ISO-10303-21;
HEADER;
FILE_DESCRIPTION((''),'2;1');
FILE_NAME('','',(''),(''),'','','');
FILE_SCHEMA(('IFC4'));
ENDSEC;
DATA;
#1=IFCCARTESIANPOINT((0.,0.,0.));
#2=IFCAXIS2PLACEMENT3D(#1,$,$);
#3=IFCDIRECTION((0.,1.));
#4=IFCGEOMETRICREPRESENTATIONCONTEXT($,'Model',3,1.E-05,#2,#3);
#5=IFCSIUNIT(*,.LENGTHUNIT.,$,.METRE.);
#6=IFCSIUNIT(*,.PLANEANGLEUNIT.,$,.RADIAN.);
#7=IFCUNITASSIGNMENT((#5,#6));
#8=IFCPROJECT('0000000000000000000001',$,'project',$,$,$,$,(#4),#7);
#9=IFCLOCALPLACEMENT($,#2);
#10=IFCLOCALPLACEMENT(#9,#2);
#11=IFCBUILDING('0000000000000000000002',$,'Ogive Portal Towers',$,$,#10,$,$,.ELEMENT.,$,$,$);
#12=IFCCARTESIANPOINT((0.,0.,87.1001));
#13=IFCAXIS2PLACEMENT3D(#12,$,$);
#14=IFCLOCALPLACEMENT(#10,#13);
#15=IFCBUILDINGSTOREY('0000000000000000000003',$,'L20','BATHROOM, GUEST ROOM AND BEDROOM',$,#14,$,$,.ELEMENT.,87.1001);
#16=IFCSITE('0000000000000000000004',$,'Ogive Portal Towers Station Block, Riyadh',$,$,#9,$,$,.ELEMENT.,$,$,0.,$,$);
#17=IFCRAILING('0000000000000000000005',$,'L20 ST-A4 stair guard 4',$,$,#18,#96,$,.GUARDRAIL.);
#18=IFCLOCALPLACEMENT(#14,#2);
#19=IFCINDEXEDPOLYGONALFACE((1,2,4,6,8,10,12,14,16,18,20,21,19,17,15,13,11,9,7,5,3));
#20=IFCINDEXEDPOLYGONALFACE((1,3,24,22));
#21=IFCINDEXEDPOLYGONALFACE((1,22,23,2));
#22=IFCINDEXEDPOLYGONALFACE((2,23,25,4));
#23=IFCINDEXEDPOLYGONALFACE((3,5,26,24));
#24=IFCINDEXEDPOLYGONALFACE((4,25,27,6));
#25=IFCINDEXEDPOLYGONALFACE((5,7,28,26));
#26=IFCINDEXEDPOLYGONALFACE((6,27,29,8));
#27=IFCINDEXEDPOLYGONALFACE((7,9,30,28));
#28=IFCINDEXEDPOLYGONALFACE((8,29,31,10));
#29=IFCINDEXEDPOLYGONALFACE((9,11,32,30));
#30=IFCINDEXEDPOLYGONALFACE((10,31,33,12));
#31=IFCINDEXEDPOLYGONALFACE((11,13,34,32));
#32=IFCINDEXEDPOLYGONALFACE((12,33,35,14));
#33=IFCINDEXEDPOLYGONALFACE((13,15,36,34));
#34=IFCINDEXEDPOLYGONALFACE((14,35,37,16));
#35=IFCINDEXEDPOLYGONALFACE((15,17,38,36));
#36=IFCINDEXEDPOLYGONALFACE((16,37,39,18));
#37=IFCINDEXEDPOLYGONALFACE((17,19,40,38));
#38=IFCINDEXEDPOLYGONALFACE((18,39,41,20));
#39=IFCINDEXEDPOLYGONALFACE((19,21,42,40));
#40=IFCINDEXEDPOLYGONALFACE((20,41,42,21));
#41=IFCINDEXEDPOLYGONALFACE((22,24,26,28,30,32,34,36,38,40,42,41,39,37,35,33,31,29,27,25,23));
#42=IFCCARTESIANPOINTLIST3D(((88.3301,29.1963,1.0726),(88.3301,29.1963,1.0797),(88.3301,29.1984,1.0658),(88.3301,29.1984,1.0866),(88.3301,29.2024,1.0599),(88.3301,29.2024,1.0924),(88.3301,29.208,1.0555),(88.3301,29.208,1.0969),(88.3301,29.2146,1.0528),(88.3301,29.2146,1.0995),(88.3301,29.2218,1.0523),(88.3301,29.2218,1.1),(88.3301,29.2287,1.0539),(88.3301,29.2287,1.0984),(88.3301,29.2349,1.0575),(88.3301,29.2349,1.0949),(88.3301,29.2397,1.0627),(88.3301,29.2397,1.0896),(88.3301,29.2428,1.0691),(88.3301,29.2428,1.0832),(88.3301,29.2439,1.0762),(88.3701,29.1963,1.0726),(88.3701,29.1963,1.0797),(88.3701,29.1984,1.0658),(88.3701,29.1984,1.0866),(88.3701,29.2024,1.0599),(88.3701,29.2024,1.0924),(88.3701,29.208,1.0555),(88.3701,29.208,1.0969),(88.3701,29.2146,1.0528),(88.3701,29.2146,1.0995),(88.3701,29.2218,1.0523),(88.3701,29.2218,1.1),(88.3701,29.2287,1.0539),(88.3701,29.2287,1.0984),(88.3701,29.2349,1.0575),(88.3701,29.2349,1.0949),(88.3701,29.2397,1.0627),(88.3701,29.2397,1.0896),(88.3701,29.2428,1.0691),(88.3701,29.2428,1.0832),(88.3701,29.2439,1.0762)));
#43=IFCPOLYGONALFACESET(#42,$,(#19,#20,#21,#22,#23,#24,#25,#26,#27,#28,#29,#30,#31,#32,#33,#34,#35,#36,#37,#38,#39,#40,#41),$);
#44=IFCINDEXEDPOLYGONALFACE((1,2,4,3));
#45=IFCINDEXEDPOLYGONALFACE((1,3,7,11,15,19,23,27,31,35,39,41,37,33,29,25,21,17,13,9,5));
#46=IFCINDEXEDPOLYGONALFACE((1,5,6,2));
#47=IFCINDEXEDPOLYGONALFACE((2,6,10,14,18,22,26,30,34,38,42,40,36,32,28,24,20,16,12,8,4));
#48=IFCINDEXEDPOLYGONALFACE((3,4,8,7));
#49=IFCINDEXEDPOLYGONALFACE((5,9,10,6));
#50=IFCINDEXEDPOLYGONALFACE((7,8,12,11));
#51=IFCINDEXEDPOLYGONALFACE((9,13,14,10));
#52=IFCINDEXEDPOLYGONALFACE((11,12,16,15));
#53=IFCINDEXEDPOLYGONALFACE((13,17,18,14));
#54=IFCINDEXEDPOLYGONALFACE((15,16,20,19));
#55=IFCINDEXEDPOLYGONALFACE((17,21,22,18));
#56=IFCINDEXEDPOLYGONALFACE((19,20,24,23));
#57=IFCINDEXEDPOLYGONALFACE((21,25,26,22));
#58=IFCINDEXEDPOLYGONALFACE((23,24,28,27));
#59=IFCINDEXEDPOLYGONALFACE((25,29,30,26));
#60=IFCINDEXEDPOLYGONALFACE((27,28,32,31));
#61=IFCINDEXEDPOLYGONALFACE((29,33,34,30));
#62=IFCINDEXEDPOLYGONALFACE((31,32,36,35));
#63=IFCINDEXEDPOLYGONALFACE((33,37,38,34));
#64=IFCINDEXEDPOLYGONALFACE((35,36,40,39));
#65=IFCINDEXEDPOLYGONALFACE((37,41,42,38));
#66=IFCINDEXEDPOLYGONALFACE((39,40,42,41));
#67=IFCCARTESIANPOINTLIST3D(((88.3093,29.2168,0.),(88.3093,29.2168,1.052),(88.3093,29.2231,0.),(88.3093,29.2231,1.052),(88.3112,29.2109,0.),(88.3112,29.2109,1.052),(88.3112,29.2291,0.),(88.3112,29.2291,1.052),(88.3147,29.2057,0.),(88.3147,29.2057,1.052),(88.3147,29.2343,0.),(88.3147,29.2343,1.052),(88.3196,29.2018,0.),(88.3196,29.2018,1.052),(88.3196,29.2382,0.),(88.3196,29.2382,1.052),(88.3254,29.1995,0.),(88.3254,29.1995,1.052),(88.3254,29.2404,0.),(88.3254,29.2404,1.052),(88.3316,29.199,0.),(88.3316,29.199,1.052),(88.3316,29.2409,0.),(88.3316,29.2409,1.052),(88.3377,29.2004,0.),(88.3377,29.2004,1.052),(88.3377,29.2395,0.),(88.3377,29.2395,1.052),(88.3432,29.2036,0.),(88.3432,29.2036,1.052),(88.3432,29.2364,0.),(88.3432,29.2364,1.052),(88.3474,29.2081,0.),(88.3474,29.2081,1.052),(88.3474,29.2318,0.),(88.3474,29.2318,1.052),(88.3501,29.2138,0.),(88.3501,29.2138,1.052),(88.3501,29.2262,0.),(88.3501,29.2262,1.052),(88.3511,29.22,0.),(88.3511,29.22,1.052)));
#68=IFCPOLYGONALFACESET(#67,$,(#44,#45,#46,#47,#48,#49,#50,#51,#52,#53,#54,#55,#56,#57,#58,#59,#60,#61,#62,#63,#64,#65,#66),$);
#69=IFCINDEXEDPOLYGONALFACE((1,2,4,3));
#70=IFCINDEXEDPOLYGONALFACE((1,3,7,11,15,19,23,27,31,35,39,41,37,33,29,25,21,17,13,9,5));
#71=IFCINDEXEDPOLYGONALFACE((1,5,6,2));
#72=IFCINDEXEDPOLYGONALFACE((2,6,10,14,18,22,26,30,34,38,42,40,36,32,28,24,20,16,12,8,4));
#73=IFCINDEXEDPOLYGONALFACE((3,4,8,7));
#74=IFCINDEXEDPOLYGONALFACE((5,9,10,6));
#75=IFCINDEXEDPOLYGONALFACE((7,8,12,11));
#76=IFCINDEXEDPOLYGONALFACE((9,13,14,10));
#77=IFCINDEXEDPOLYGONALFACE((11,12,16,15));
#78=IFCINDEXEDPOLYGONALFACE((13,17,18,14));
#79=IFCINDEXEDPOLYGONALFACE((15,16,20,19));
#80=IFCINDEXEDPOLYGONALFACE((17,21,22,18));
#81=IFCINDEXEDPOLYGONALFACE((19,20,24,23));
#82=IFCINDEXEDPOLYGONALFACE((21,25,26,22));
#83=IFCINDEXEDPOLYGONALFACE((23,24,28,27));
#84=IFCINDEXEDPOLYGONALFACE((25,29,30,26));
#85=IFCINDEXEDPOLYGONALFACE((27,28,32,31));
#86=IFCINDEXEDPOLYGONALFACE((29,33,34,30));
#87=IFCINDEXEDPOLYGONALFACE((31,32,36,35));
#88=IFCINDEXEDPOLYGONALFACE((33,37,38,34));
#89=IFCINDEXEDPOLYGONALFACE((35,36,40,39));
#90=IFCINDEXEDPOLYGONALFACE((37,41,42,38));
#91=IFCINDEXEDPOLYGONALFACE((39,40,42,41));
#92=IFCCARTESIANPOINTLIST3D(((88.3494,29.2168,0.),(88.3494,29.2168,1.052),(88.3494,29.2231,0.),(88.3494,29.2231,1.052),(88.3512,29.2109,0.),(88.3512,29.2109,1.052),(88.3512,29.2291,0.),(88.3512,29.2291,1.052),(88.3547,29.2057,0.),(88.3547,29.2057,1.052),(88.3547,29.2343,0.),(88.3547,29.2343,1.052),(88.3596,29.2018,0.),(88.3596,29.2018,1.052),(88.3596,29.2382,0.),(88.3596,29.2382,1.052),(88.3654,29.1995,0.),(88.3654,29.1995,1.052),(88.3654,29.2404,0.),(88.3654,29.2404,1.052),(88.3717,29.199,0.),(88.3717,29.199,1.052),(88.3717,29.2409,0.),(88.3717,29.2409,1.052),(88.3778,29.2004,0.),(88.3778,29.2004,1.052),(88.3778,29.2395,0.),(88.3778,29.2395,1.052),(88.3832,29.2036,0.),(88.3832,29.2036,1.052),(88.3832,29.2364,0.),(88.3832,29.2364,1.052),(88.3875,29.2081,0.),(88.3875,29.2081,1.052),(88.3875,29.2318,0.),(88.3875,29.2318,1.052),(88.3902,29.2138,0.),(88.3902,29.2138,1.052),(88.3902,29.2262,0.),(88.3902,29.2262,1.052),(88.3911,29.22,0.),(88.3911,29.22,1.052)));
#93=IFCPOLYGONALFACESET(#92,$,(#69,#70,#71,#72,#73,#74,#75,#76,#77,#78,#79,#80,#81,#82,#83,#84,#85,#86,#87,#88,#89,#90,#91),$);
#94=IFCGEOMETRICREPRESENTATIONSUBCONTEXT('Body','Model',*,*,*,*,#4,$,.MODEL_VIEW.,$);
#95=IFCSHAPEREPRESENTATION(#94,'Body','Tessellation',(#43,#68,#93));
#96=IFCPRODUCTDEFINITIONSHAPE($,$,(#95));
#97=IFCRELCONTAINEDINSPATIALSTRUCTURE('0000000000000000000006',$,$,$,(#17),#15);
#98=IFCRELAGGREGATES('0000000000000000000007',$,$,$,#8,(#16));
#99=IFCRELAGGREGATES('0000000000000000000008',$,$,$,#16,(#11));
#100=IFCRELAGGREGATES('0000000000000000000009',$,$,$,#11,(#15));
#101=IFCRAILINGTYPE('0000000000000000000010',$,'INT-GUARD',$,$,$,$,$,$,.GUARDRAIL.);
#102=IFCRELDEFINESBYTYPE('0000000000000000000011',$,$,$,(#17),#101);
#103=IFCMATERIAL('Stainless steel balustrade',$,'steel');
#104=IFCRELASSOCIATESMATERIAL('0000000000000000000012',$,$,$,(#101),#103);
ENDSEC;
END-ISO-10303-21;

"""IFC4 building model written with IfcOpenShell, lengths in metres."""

from ifc_helpers import new_model, si_unit, direction, frame, origin, origin_2d, place, context, subcontext, project, spatial, circle, extrude, material, type_object, element, save


model = new_model("IFC4")

# Units and contexts
model_context = context("Model", 3, precision=1e-05, world=origin(), true_north=direction((0.0, 1.0)))
body_context = subcontext(model_context, "Body", "Model", "MODEL_VIEW")
ifc_project = project(units=[si_unit("LENGTHUNIT", "METRE"), si_unit("PLANEANGLEUNIT", "RADIAN")], contexts=[model_context])

# Site, building, storey
site_placement = place(None, origin())
site = spatial("IfcSite", under=ifc_project, at=site_placement, Name="Ogive Portal Towers Station Block, Riyadh", CompositionType="ELEMENT", RefElevation=0.0)
building_placement = place(site_placement, origin())
building = spatial("IfcBuilding", under=site, at=building_placement, Name="Ogive Portal Towers", CompositionType="ELEMENT")
storey_placement = place(building_placement, frame((0.0, 0.0, 87.1001)))
storey = spatial("IfcBuildingStorey", under=building, at=storey_placement, Name="L20", Description="BATHROOM, GUEST ROOM AND BEDROOM", CompositionType="ELEMENT", Elevation=87.1001)

# Railing
ifc_material_1 = material(Name="Stainless steel balustrade", Category="steel")
railing_type_1 = type_object("IfcRailingType", Name="INT-GUARD", PredefinedType="GUARDRAIL", material=ifc_material_1)
railing_1_placement = place(storey_placement, frame((88.3301, 29.22, 0.0)))
element("IfcRailing", 1, at=railing_1_placement, inside=storey, type_object=railing_type_1, Name="L20 ST-A4 stair guard 4", PredefinedType="GUARDRAIL", context=body_context, shape_type="SweptSolid", body=[
    extrude(circle(Radius=0.0239, at=origin_2d()), frame((0.0, 0.0, 1.0762), z_axis=(1.0, 0.0, 0.0), x_axis=(0.0, 1.0, 0.0)), (0.0, 0.0, 1.0), 0.04),
    extrude(circle(Radius=0.021, at=origin_2d()), origin(), (0.0, 0.0, 1.0), 1.052),
    extrude(circle(Radius=0.021, at=origin_2d()), frame((0.04, 0.0, 0.0)), (0.0, 0.0, 1.0), 1.052),
])

save(model, "model.ifc")
